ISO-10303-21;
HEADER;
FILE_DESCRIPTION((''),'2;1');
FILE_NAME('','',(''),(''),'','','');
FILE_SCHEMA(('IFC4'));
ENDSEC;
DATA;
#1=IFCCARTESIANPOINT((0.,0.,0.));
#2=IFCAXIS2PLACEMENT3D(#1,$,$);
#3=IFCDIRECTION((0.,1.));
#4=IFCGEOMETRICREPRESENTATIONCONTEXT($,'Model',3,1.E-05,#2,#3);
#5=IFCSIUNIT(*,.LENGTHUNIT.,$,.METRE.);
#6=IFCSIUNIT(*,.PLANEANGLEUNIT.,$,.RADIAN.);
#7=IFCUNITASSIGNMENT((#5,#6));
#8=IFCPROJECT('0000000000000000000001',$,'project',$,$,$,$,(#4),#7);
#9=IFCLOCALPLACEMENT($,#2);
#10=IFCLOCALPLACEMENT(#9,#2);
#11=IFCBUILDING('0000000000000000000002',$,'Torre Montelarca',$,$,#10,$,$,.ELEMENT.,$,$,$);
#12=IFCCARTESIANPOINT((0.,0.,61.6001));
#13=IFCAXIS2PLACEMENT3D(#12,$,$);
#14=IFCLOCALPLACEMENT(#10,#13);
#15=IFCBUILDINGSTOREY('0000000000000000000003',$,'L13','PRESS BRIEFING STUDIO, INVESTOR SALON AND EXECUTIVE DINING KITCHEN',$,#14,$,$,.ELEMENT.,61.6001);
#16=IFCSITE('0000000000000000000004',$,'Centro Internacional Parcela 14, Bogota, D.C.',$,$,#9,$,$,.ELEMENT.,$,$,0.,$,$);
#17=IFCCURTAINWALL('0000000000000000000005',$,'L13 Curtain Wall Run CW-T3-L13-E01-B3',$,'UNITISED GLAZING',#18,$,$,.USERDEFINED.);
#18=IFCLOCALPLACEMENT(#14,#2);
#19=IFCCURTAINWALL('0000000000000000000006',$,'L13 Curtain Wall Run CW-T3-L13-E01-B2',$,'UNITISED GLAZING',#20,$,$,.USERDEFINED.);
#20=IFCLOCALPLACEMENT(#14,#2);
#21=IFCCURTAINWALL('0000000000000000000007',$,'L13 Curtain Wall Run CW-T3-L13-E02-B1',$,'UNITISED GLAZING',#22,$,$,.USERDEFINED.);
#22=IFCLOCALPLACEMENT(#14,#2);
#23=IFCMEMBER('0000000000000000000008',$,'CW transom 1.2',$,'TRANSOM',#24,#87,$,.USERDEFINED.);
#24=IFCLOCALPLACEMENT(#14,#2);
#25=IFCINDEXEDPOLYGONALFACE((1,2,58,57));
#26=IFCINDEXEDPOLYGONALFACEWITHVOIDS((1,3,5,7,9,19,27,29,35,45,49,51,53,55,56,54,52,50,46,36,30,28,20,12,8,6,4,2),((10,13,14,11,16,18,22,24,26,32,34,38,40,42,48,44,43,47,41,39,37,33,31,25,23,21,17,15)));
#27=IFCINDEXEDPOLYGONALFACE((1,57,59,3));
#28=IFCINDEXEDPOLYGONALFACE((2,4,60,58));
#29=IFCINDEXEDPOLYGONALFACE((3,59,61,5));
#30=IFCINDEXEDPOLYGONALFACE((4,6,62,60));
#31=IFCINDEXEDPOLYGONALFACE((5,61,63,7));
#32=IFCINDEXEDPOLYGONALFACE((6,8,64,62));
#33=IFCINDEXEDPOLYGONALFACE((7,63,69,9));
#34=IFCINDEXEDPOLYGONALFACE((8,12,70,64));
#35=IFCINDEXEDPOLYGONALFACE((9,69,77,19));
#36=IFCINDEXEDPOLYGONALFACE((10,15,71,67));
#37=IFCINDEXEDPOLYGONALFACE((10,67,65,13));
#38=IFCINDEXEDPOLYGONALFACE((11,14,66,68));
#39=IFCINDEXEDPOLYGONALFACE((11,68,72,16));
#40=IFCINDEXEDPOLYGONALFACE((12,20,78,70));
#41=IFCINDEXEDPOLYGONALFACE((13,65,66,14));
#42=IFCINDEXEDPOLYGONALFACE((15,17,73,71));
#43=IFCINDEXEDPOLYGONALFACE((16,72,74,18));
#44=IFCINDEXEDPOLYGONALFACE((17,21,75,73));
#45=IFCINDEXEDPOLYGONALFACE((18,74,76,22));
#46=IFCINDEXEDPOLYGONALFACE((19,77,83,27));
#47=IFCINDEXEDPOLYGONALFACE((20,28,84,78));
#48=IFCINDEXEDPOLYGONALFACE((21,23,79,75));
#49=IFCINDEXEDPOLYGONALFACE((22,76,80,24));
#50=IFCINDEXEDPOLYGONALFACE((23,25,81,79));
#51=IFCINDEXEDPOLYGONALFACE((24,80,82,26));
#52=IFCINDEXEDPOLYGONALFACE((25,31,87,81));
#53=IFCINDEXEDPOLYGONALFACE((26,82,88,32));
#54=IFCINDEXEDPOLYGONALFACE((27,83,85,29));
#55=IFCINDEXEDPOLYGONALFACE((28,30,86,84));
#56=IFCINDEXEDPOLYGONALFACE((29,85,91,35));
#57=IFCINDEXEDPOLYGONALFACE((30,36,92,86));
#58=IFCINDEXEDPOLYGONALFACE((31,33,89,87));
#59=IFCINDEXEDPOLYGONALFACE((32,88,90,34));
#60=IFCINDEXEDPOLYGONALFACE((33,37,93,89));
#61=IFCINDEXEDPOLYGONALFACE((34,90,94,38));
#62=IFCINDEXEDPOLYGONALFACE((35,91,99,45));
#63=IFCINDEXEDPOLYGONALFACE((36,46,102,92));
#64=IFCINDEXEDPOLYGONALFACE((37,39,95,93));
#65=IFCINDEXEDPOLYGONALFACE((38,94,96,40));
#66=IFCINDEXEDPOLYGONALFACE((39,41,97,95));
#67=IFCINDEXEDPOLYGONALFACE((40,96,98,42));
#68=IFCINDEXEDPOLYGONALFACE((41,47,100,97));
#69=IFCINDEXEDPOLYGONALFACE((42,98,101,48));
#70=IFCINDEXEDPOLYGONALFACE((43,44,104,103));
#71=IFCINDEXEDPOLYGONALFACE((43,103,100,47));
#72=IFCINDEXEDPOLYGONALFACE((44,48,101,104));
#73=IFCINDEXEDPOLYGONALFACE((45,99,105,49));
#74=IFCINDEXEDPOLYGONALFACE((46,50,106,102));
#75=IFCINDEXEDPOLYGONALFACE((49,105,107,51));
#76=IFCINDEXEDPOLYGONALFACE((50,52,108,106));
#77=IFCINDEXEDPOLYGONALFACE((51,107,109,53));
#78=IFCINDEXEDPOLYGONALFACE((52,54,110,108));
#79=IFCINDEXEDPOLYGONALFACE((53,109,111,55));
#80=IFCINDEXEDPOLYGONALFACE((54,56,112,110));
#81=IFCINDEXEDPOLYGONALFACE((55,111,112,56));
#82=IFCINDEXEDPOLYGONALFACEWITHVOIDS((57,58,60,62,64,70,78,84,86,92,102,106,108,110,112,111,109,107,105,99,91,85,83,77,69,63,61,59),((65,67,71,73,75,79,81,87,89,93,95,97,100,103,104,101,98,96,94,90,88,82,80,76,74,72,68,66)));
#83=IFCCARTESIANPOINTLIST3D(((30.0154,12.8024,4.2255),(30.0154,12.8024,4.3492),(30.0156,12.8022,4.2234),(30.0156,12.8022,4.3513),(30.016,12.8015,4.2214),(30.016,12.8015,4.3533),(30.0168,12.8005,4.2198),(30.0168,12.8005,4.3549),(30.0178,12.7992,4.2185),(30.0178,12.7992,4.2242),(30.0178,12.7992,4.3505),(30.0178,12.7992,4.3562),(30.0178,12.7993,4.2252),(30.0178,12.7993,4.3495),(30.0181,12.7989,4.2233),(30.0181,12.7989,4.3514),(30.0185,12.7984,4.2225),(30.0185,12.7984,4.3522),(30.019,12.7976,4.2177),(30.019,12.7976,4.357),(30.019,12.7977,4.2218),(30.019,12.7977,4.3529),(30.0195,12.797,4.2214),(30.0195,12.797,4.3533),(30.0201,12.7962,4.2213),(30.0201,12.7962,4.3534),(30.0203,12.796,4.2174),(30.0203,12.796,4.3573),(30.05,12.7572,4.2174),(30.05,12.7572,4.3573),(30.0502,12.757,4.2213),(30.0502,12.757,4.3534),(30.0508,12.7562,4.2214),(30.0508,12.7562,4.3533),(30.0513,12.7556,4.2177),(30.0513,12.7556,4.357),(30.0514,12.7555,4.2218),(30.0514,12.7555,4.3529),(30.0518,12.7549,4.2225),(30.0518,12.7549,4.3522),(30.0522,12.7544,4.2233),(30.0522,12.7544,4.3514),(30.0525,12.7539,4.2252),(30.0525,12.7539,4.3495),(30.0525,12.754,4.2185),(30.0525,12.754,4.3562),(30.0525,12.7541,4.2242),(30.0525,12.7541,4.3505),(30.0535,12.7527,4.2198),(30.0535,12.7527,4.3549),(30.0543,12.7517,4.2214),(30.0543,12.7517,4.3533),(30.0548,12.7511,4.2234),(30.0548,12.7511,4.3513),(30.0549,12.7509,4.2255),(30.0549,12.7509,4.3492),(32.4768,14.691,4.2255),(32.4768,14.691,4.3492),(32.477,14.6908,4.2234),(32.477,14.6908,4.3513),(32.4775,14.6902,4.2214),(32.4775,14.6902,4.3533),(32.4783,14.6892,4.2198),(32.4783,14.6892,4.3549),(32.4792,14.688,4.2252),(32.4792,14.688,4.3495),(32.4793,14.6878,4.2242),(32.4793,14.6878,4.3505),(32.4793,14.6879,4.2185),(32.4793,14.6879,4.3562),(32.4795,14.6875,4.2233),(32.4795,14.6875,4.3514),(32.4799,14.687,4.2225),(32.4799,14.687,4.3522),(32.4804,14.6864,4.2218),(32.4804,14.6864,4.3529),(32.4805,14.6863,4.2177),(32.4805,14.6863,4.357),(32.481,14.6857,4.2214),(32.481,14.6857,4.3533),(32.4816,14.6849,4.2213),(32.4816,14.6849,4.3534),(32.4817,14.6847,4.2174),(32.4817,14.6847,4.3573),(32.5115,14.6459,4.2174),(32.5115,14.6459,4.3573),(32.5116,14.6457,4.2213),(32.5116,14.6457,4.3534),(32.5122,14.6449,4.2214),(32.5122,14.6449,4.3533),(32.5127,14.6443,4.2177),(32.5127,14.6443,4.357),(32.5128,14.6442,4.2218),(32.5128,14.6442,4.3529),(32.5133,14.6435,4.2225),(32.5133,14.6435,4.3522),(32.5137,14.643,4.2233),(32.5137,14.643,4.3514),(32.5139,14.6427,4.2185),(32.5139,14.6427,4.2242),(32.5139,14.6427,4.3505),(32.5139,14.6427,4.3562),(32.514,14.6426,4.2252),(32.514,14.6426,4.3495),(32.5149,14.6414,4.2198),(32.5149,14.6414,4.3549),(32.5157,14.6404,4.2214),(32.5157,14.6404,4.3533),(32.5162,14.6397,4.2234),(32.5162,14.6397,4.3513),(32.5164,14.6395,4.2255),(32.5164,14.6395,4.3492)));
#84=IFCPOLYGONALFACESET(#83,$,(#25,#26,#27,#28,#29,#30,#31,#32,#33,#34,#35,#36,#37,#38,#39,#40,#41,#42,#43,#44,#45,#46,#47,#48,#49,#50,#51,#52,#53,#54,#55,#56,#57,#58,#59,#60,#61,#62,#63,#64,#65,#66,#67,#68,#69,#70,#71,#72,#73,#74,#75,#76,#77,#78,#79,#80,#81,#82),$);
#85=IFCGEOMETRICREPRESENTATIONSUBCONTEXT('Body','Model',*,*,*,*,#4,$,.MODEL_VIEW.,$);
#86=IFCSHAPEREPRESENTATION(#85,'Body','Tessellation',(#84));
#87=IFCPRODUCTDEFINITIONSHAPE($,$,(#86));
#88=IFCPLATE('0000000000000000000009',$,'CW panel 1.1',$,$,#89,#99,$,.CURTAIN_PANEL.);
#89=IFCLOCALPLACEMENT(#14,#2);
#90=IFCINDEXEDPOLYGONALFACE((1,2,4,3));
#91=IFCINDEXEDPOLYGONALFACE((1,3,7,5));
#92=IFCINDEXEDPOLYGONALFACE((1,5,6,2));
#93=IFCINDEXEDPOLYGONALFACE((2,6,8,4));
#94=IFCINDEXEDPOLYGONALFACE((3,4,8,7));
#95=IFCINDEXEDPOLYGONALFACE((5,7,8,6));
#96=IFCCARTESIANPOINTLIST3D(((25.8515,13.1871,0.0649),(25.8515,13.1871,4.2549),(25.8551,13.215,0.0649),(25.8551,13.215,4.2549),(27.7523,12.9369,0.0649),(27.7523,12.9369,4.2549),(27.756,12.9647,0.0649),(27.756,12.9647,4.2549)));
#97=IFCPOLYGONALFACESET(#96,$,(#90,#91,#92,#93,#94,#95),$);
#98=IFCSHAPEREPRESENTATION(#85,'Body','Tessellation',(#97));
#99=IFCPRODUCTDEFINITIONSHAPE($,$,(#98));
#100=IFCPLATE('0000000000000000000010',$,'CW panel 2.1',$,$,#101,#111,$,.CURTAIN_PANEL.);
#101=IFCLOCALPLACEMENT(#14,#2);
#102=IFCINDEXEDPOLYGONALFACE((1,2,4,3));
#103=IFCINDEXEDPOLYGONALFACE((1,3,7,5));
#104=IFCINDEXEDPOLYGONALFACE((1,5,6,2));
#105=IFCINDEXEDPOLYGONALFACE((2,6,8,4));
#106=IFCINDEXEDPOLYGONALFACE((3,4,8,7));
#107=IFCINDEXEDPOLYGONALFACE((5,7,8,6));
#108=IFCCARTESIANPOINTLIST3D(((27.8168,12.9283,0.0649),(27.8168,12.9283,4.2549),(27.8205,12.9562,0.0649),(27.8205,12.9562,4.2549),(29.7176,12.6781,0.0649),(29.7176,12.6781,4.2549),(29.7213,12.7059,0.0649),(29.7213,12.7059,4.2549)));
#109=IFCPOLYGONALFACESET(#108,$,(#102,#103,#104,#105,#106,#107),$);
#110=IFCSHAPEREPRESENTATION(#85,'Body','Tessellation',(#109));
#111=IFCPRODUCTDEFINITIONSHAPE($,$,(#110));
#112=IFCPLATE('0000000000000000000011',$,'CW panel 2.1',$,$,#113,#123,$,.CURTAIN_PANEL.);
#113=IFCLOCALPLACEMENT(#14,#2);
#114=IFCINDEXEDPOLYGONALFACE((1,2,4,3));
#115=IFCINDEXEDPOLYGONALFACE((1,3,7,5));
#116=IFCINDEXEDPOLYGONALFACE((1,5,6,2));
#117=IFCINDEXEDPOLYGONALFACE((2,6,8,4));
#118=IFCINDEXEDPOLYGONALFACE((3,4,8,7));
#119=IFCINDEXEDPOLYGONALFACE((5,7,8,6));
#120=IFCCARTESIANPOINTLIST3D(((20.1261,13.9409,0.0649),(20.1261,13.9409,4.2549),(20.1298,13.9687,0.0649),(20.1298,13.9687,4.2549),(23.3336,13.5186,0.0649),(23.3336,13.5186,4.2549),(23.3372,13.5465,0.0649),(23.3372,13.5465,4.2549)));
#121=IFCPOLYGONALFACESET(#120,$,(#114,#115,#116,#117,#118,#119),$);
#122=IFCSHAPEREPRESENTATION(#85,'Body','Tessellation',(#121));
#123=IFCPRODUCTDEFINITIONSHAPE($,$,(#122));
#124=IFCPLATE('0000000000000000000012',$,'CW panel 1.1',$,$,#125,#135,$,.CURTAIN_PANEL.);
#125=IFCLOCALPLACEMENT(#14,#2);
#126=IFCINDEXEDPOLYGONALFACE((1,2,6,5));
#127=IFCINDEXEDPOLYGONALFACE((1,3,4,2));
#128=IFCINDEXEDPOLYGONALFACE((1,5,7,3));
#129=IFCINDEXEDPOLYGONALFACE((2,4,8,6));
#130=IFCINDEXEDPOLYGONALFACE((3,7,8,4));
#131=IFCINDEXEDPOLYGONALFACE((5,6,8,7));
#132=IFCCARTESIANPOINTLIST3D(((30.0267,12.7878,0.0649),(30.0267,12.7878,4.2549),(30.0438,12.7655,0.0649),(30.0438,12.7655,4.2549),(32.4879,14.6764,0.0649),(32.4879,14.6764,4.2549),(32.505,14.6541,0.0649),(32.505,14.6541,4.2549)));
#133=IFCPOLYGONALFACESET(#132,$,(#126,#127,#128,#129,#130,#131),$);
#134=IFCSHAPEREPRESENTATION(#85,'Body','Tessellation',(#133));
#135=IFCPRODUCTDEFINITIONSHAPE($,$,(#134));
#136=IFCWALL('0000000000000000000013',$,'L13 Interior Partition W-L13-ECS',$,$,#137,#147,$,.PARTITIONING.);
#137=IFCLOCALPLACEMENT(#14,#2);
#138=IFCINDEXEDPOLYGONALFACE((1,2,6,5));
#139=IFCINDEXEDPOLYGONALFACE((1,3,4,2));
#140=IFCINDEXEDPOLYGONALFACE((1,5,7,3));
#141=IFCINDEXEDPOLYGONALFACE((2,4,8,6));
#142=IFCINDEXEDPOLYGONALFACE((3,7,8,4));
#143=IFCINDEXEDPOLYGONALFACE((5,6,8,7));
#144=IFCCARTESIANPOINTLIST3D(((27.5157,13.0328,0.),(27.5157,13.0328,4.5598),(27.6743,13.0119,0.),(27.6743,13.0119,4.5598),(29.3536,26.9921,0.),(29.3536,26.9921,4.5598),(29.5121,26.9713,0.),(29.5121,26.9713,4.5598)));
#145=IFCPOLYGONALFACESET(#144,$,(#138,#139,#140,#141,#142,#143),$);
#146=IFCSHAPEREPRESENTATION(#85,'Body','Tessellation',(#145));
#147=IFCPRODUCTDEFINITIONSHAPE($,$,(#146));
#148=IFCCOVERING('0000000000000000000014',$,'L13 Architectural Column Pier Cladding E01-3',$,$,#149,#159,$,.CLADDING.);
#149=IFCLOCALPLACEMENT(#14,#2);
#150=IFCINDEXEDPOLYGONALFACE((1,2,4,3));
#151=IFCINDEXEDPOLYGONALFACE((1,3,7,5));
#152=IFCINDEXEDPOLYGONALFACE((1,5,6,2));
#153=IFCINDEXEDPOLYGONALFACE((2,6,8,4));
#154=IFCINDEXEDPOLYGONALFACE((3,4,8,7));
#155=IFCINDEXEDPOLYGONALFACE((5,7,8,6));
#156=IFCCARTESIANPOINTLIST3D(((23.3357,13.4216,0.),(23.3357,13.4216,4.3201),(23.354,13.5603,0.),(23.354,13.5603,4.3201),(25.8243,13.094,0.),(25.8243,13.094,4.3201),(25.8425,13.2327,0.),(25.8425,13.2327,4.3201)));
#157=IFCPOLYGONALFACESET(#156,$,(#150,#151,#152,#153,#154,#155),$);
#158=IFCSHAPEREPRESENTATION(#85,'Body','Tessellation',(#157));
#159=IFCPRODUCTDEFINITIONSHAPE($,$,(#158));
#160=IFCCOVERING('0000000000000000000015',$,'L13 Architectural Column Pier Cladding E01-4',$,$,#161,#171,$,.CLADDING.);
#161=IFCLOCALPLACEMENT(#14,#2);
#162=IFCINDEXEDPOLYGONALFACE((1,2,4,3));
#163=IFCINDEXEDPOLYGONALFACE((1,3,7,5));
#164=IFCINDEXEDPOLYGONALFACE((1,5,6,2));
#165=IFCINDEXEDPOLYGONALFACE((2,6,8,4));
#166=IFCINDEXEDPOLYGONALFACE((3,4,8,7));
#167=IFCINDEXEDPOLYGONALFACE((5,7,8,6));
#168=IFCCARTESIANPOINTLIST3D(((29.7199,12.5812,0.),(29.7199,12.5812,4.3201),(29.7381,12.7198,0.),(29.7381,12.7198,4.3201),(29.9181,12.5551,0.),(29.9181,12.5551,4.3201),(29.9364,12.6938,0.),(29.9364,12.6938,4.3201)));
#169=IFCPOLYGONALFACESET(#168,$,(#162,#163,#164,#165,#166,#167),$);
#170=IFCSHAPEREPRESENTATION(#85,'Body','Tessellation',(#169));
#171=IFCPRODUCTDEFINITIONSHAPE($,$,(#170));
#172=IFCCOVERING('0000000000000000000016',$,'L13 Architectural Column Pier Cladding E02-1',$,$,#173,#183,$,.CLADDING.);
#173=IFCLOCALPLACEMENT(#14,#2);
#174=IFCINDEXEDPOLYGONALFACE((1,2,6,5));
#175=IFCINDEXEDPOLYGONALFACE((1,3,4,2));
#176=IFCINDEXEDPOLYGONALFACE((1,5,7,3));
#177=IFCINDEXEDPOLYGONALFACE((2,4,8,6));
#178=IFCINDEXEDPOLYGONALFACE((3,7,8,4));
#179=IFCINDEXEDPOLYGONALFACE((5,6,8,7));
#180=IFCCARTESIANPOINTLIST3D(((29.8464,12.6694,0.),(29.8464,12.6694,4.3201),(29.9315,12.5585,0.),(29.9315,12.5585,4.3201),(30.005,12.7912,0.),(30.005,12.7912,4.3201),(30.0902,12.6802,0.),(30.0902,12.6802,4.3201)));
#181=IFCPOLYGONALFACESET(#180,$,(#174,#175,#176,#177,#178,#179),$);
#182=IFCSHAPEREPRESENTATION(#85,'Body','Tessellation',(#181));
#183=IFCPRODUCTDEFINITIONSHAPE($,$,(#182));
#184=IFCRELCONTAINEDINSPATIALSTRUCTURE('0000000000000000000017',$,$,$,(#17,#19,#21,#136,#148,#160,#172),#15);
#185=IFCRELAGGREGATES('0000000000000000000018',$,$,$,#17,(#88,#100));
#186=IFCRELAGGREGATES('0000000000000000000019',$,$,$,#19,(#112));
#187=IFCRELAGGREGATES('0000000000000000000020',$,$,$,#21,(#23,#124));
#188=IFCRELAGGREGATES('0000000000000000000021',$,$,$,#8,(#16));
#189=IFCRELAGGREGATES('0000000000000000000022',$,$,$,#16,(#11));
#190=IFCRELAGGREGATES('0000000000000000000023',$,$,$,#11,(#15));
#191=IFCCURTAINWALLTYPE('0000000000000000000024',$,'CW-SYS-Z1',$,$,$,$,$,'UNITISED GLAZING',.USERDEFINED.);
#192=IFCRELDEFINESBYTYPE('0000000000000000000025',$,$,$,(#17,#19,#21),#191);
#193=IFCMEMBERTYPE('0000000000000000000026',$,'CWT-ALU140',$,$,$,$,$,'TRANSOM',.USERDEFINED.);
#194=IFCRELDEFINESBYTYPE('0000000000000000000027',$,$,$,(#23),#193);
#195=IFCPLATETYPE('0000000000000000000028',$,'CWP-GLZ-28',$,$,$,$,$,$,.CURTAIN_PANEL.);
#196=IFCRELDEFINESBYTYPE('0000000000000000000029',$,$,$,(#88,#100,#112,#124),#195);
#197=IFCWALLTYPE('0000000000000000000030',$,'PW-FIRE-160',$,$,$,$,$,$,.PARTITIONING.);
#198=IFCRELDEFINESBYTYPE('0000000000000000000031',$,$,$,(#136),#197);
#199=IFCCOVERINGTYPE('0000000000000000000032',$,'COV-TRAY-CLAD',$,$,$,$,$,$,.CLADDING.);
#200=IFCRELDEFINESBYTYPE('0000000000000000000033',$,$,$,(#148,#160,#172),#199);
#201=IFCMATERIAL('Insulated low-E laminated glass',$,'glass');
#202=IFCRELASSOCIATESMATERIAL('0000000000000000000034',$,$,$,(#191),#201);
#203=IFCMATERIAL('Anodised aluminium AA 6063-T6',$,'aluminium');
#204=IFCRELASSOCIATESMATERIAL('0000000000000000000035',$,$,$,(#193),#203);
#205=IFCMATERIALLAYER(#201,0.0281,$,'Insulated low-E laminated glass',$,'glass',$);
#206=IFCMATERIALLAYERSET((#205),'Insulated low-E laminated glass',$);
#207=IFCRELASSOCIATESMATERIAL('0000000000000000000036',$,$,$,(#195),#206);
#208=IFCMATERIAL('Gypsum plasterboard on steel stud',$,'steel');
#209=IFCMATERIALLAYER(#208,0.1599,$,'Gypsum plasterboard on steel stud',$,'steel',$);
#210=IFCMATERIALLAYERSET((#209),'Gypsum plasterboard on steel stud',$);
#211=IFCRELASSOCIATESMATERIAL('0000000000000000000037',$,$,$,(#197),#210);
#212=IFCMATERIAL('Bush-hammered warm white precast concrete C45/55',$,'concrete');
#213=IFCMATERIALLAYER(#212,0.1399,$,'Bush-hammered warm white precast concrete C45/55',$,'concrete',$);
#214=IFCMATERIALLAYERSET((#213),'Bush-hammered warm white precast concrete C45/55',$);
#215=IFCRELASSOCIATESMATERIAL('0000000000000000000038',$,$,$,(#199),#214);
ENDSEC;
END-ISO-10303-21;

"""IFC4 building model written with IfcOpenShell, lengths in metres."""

from ifc_helpers import new_model, si_unit, direction, frame, frame_2d, origin, origin_2d, place, context, subcontext, project, spatial, rectangle, hollow_rectangle, extrude, source, transform, mapped, material, layer, layer_set, material_profile, profile_set, type_object, element, aggregate, save


model = new_model("IFC4")

# Units and contexts
model_context = context("Model", 3, precision=1e-05, world=origin(), true_north=direction((0.0, 1.0)))
body_context = subcontext(model_context, "Body", "Model", "MODEL_VIEW")
ifc_project = project(units=[si_unit("LENGTHUNIT", "METRE"), si_unit("PLANEANGLEUNIT", "RADIAN")], contexts=[model_context])

# Site, building, storey
site_placement = place(None, origin())
site = spatial("IfcSite", under=ifc_project, at=site_placement, Name="Centro Internacional Parcela 14, Bogota, D.C.", CompositionType="ELEMENT", RefElevation=0.0)
building_placement = place(site_placement, origin())
building = spatial("IfcBuilding", under=site, at=building_placement, Name="Torre Montelarca", CompositionType="ELEMENT")
storey_placement = place(building_placement, frame((0.0, 0.0, 61.6001)))
storey = spatial("IfcBuildingStorey", under=building, at=storey_placement, Name="L13", Description="PRESS BRIEFING STUDIO, INVESTOR SALON AND EXECUTIVE DINING KITCHEN", CompositionType="ELEMENT", Elevation=61.6001)

# Curtain wall
ifc_material_1 = material(Name="Insulated low-E laminated glass", Category="glass")
curtain_wall_type = type_object("IfcCurtainWallType", Name="CW-SYS-Z1", ElementType="UNITISED GLAZING", PredefinedType="USERDEFINED", material=ifc_material_1)
curtain_wall_1_placement = place(storey_placement, origin())
curtain_wall_1 = element("IfcCurtainWall", 1, at=curtain_wall_1_placement, inside=storey, type_object=curtain_wall_type, Name="L13 Curtain Wall Run CW-T3-L13-E01-B3", ObjectType="UNITISED GLAZING", PredefinedType="USERDEFINED")
ifc_material_2 = material(Name="Anodised aluminium AA 6063-T6", Category="aluminium")
ifc_material_profile_1 = material_profile(ifc_material_2, hollow_rectangle(XDim=0.0649, YDim=0.1399, WallThickness=0.0039, InnerFilletRadius=0.0039, OuterFilletRadius=0.0081, at=origin_2d()), Name="ALU65X140X4", Category="aluminium")
ifc_profile_set_1 = profile_set([ifc_material_profile_1], Name="Anodised aluminium AA 6063-T6")
member_type_1 = type_object("IfcMemberType", Name="CWT-ALU140", ElementType="TRANSOM", PredefinedType="USERDEFINED", material=ifc_profile_set_1)

# Curtain wall
curtain_wall_2_placement = place(storey_placement, origin())
curtain_wall_2 = element("IfcCurtainWall", 2, at=curtain_wall_2_placement, inside=storey, type_object=curtain_wall_type, Name="L13 Curtain Wall Run CW-T3-L13-E01-B2", ObjectType="UNITISED GLAZING", PredefinedType="USERDEFINED")

# Curtain wall, member
curtain_wall_3_placement = place(storey_placement, origin())
curtain_wall_3 = element("IfcCurtainWall", 3, at=curtain_wall_3_placement, inside=storey, type_object=curtain_wall_type, Name="L13 Curtain Wall Run CW-T3-L13-E02-B1", ObjectType="UNITISED GLAZING", PredefinedType="USERDEFINED")
shared_shape_1 = source(origin(), body_context, "Body", "SweptSolid", [
    extrude(hollow_rectangle(XDim=0.0649, YDim=0.1399, WallThickness=0.0039, InnerFilletRadius=0.0039, OuterFilletRadius=0.0081, at=origin_2d()), origin(), (0.0, 0.0, 1.0), 3.1025),
])
member_1_placement = place(storey_placement, frame((30.0352, 12.7766, 4.2874), z_axis=(0.793361, 0.608752, 0.0), x_axis=(-0.608752, 0.793361, 0.0)))
member_1 = element("IfcMember", 4, at=member_1_placement, type_object=member_type_1, Name="CW transom 1.2", ObjectType="TRANSOM", PredefinedType="USERDEFINED", context=body_context, shape_type="MappedRepresentation", body=[
    mapped(shared_shape_1, transform((0.0, 0.0, 0.0), scale=1.0)),
])

# Plates
ifc_layer_1 = layer(ifc_material_1, 0.0281, Name="Insulated low-E laminated glass", Category="glass")
ifc_layer_set_1 = layer_set([ifc_layer_1], Name="Insulated low-E laminated glass")
plate_type = type_object("IfcPlateType", Name="CWP-GLZ-28", PredefinedType="CURTAIN_PANEL", material=ifc_layer_set_1)
shared_shape_2 = source(origin(), body_context, "Body", "SweptSolid", [
    extrude(rectangle(XDim=1.9172, YDim=0.0281, at=origin_2d()), origin(), (0.0, 0.0, 1.0), 4.1899),
])
plate_1_placement = place(storey_placement, frame((26.8037, 13.0759, 0.0649), z_axis=(0.0, 0.0, 1.0), x_axis=(0.991446, -0.13052, 0.0)))
plate_1 = element("IfcPlate", 5, at=plate_1_placement, type_object=plate_type, Name="CW panel 1.1", PredefinedType="CURTAIN_PANEL", context=body_context, shape_type="MappedRepresentation", body=[
    mapped(shared_shape_2, transform((0.0, 0.0, 0.0), scale=1.0)),
])
plate_2_placement = place(storey_placement, frame((28.769, 12.8171, 0.0649), z_axis=(0.0, 0.0, 1.0), x_axis=(0.991446, -0.13052, 0.0)))
plate_2 = element("IfcPlate", 6, at=plate_2_placement, type_object=plate_type, Name="CW panel 2.1", PredefinedType="CURTAIN_PANEL", context=body_context, shape_type="MappedRepresentation", body=[
    mapped(shared_shape_2, transform((0.0, 0.0, 0.0), scale=1.0)),
])
aggregate(curtain_wall_1, [plate_1, plate_2])
shared_shape_3 = source(origin(), body_context, "Body", "SweptSolid", [
    extrude(rectangle(XDim=3.2351, YDim=0.0281, at=origin_2d()), origin(), (0.0, 0.0, 1.0), 4.1899),
])
plate_3_placement = place(storey_placement, frame((21.7317, 13.7437, 0.0649), z_axis=(0.0, 0.0, 1.0), x_axis=(0.991446, -0.130517, 0.0)))
plate_3 = element("IfcPlate", 7, at=plate_3_placement, type_object=plate_type, Name="CW panel 2.1", PredefinedType="CURTAIN_PANEL", context=body_context, shape_type="MappedRepresentation", body=[
    mapped(shared_shape_3, transform((0.0, 0.0, 0.0), scale=1.0)),
])
aggregate(curtain_wall_2, [plate_3])
shared_shape_4 = source(origin(), body_context, "Body", "SweptSolid", [
    extrude(rectangle(XDim=3.1023, YDim=0.0281, at=origin_2d()), origin(), (0.0, 0.0, 1.0), 4.1899),
])
plate_4_placement = place(storey_placement, frame((31.2659, 13.7209, 0.0649), z_axis=(0.0, 0.0, 1.0), x_axis=(0.793357, 0.608757, 0.0)))
plate_4 = element("IfcPlate", 8, at=plate_4_placement, type_object=plate_type, Name="CW panel 1.1", PredefinedType="CURTAIN_PANEL", context=body_context, shape_type="MappedRepresentation", body=[
    mapped(shared_shape_4, transform((0.0, 0.0, 0.0), scale=1.0)),
])
aggregate(curtain_wall_3, [member_1, plate_4])

# Wall
ifc_material_3 = material(Name="Gypsum plasterboard on steel stud", Category="steel")
ifc_layer_2 = layer(ifc_material_3, 0.1599, Name="Gypsum plasterboard on steel stud", Category="steel")
ifc_layer_set_2 = layer_set([ifc_layer_2], Name="Gypsum plasterboard on steel stud")
wall_type = type_object("IfcWallType", Name="PW-FIRE-160", PredefinedType="PARTITIONING", material=ifc_layer_set_2)
wall_placement = place(storey_placement, frame((27.595, 13.0222, 0.0), z_axis=(0.0, 0.0, 1.0), x_axis=(0.130533, 0.991444, 0.0)))
element("IfcWall", 9, at=wall_placement, inside=storey, type_object=wall_type, Name="L13 Interior Partition W-L13-ECS", PredefinedType="PARTITIONING", context=body_context, shape_type="SweptSolid", body=[
    extrude(rectangle(XDim=14.0798, YDim=0.1599, at=frame_2d((7.04, 0.0))), origin(), (0.0, 0.0, 1.0), 4.5598),
])

# Coverings
ifc_material_4 = material(Name="Bush-hammered warm white precast concrete C45/55", Category="concrete")
ifc_layer_3 = layer(ifc_material_4, 0.1399, Name="Bush-hammered warm white precast concrete C45/55", Category="concrete")
ifc_layer_set_3 = layer_set([ifc_layer_3], Name="Bush-hammered warm white precast concrete C45/55")
covering_type = type_object("IfcCoveringType", Name="COV-TRAY-CLAD", PredefinedType="CLADDING", material=ifc_layer_set_3)
shared_shape_5 = source(origin(), body_context, "Body", "SweptSolid", [
    extrude(rectangle(XDim=2.51, YDim=0.1399, at=origin_2d()), origin(), (0.0, 0.0, 1.0), 4.3201),
])
covering_placement = place(storey_placement, frame((24.5891, 13.3271, 0.0), z_axis=(0.0, 0.0, 1.0), x_axis=(0.991445, -0.130523, 0.0)))
element("IfcCovering", 10, at=covering_placement, inside=storey, type_object=covering_type, Name="L13 Architectural Column Pier Cladding E01-3", PredefinedType="CLADDING", context=body_context, shape_type="MappedRepresentation", body=[
    mapped(shared_shape_5, transform((0.0, 0.0, 0.0), scale=1.0)),
])
shared_shape_6 = source(origin(), body_context, "Body", "SweptSolid", [
    extrude(rectangle(XDim=0.2, YDim=0.1399, at=origin_2d()), origin(), (0.0, 0.0, 1.0), 4.3201),
])
for number, where, z_axis, x_axis, name in (
    (11, (29.8281, 12.6375, 0.0), (0.0, 0.0, 1.0), (0.991445, -0.130523, 0.0), "L13 Architectural Column Pier Cladding E01-4"),
    (12, (29.9683, 12.6748, 0.0), (0.0, 0.0, 1.0), (0.793349, 0.608767, 0.0), "L13 Architectural Column Pier Cladding E02-1"),
):
    element("IfcCovering", number, at=place(storey_placement, frame(where, z_axis=z_axis, x_axis=x_axis)), inside=storey, type_object=covering_type, Name=name, PredefinedType="CLADDING", context=body_context, shape_type="MappedRepresentation", body=[
        mapped(shared_shape_6, transform((0.0, 0.0, 0.0), scale=1.0)),
    ])

save(model, "model.ifc")
